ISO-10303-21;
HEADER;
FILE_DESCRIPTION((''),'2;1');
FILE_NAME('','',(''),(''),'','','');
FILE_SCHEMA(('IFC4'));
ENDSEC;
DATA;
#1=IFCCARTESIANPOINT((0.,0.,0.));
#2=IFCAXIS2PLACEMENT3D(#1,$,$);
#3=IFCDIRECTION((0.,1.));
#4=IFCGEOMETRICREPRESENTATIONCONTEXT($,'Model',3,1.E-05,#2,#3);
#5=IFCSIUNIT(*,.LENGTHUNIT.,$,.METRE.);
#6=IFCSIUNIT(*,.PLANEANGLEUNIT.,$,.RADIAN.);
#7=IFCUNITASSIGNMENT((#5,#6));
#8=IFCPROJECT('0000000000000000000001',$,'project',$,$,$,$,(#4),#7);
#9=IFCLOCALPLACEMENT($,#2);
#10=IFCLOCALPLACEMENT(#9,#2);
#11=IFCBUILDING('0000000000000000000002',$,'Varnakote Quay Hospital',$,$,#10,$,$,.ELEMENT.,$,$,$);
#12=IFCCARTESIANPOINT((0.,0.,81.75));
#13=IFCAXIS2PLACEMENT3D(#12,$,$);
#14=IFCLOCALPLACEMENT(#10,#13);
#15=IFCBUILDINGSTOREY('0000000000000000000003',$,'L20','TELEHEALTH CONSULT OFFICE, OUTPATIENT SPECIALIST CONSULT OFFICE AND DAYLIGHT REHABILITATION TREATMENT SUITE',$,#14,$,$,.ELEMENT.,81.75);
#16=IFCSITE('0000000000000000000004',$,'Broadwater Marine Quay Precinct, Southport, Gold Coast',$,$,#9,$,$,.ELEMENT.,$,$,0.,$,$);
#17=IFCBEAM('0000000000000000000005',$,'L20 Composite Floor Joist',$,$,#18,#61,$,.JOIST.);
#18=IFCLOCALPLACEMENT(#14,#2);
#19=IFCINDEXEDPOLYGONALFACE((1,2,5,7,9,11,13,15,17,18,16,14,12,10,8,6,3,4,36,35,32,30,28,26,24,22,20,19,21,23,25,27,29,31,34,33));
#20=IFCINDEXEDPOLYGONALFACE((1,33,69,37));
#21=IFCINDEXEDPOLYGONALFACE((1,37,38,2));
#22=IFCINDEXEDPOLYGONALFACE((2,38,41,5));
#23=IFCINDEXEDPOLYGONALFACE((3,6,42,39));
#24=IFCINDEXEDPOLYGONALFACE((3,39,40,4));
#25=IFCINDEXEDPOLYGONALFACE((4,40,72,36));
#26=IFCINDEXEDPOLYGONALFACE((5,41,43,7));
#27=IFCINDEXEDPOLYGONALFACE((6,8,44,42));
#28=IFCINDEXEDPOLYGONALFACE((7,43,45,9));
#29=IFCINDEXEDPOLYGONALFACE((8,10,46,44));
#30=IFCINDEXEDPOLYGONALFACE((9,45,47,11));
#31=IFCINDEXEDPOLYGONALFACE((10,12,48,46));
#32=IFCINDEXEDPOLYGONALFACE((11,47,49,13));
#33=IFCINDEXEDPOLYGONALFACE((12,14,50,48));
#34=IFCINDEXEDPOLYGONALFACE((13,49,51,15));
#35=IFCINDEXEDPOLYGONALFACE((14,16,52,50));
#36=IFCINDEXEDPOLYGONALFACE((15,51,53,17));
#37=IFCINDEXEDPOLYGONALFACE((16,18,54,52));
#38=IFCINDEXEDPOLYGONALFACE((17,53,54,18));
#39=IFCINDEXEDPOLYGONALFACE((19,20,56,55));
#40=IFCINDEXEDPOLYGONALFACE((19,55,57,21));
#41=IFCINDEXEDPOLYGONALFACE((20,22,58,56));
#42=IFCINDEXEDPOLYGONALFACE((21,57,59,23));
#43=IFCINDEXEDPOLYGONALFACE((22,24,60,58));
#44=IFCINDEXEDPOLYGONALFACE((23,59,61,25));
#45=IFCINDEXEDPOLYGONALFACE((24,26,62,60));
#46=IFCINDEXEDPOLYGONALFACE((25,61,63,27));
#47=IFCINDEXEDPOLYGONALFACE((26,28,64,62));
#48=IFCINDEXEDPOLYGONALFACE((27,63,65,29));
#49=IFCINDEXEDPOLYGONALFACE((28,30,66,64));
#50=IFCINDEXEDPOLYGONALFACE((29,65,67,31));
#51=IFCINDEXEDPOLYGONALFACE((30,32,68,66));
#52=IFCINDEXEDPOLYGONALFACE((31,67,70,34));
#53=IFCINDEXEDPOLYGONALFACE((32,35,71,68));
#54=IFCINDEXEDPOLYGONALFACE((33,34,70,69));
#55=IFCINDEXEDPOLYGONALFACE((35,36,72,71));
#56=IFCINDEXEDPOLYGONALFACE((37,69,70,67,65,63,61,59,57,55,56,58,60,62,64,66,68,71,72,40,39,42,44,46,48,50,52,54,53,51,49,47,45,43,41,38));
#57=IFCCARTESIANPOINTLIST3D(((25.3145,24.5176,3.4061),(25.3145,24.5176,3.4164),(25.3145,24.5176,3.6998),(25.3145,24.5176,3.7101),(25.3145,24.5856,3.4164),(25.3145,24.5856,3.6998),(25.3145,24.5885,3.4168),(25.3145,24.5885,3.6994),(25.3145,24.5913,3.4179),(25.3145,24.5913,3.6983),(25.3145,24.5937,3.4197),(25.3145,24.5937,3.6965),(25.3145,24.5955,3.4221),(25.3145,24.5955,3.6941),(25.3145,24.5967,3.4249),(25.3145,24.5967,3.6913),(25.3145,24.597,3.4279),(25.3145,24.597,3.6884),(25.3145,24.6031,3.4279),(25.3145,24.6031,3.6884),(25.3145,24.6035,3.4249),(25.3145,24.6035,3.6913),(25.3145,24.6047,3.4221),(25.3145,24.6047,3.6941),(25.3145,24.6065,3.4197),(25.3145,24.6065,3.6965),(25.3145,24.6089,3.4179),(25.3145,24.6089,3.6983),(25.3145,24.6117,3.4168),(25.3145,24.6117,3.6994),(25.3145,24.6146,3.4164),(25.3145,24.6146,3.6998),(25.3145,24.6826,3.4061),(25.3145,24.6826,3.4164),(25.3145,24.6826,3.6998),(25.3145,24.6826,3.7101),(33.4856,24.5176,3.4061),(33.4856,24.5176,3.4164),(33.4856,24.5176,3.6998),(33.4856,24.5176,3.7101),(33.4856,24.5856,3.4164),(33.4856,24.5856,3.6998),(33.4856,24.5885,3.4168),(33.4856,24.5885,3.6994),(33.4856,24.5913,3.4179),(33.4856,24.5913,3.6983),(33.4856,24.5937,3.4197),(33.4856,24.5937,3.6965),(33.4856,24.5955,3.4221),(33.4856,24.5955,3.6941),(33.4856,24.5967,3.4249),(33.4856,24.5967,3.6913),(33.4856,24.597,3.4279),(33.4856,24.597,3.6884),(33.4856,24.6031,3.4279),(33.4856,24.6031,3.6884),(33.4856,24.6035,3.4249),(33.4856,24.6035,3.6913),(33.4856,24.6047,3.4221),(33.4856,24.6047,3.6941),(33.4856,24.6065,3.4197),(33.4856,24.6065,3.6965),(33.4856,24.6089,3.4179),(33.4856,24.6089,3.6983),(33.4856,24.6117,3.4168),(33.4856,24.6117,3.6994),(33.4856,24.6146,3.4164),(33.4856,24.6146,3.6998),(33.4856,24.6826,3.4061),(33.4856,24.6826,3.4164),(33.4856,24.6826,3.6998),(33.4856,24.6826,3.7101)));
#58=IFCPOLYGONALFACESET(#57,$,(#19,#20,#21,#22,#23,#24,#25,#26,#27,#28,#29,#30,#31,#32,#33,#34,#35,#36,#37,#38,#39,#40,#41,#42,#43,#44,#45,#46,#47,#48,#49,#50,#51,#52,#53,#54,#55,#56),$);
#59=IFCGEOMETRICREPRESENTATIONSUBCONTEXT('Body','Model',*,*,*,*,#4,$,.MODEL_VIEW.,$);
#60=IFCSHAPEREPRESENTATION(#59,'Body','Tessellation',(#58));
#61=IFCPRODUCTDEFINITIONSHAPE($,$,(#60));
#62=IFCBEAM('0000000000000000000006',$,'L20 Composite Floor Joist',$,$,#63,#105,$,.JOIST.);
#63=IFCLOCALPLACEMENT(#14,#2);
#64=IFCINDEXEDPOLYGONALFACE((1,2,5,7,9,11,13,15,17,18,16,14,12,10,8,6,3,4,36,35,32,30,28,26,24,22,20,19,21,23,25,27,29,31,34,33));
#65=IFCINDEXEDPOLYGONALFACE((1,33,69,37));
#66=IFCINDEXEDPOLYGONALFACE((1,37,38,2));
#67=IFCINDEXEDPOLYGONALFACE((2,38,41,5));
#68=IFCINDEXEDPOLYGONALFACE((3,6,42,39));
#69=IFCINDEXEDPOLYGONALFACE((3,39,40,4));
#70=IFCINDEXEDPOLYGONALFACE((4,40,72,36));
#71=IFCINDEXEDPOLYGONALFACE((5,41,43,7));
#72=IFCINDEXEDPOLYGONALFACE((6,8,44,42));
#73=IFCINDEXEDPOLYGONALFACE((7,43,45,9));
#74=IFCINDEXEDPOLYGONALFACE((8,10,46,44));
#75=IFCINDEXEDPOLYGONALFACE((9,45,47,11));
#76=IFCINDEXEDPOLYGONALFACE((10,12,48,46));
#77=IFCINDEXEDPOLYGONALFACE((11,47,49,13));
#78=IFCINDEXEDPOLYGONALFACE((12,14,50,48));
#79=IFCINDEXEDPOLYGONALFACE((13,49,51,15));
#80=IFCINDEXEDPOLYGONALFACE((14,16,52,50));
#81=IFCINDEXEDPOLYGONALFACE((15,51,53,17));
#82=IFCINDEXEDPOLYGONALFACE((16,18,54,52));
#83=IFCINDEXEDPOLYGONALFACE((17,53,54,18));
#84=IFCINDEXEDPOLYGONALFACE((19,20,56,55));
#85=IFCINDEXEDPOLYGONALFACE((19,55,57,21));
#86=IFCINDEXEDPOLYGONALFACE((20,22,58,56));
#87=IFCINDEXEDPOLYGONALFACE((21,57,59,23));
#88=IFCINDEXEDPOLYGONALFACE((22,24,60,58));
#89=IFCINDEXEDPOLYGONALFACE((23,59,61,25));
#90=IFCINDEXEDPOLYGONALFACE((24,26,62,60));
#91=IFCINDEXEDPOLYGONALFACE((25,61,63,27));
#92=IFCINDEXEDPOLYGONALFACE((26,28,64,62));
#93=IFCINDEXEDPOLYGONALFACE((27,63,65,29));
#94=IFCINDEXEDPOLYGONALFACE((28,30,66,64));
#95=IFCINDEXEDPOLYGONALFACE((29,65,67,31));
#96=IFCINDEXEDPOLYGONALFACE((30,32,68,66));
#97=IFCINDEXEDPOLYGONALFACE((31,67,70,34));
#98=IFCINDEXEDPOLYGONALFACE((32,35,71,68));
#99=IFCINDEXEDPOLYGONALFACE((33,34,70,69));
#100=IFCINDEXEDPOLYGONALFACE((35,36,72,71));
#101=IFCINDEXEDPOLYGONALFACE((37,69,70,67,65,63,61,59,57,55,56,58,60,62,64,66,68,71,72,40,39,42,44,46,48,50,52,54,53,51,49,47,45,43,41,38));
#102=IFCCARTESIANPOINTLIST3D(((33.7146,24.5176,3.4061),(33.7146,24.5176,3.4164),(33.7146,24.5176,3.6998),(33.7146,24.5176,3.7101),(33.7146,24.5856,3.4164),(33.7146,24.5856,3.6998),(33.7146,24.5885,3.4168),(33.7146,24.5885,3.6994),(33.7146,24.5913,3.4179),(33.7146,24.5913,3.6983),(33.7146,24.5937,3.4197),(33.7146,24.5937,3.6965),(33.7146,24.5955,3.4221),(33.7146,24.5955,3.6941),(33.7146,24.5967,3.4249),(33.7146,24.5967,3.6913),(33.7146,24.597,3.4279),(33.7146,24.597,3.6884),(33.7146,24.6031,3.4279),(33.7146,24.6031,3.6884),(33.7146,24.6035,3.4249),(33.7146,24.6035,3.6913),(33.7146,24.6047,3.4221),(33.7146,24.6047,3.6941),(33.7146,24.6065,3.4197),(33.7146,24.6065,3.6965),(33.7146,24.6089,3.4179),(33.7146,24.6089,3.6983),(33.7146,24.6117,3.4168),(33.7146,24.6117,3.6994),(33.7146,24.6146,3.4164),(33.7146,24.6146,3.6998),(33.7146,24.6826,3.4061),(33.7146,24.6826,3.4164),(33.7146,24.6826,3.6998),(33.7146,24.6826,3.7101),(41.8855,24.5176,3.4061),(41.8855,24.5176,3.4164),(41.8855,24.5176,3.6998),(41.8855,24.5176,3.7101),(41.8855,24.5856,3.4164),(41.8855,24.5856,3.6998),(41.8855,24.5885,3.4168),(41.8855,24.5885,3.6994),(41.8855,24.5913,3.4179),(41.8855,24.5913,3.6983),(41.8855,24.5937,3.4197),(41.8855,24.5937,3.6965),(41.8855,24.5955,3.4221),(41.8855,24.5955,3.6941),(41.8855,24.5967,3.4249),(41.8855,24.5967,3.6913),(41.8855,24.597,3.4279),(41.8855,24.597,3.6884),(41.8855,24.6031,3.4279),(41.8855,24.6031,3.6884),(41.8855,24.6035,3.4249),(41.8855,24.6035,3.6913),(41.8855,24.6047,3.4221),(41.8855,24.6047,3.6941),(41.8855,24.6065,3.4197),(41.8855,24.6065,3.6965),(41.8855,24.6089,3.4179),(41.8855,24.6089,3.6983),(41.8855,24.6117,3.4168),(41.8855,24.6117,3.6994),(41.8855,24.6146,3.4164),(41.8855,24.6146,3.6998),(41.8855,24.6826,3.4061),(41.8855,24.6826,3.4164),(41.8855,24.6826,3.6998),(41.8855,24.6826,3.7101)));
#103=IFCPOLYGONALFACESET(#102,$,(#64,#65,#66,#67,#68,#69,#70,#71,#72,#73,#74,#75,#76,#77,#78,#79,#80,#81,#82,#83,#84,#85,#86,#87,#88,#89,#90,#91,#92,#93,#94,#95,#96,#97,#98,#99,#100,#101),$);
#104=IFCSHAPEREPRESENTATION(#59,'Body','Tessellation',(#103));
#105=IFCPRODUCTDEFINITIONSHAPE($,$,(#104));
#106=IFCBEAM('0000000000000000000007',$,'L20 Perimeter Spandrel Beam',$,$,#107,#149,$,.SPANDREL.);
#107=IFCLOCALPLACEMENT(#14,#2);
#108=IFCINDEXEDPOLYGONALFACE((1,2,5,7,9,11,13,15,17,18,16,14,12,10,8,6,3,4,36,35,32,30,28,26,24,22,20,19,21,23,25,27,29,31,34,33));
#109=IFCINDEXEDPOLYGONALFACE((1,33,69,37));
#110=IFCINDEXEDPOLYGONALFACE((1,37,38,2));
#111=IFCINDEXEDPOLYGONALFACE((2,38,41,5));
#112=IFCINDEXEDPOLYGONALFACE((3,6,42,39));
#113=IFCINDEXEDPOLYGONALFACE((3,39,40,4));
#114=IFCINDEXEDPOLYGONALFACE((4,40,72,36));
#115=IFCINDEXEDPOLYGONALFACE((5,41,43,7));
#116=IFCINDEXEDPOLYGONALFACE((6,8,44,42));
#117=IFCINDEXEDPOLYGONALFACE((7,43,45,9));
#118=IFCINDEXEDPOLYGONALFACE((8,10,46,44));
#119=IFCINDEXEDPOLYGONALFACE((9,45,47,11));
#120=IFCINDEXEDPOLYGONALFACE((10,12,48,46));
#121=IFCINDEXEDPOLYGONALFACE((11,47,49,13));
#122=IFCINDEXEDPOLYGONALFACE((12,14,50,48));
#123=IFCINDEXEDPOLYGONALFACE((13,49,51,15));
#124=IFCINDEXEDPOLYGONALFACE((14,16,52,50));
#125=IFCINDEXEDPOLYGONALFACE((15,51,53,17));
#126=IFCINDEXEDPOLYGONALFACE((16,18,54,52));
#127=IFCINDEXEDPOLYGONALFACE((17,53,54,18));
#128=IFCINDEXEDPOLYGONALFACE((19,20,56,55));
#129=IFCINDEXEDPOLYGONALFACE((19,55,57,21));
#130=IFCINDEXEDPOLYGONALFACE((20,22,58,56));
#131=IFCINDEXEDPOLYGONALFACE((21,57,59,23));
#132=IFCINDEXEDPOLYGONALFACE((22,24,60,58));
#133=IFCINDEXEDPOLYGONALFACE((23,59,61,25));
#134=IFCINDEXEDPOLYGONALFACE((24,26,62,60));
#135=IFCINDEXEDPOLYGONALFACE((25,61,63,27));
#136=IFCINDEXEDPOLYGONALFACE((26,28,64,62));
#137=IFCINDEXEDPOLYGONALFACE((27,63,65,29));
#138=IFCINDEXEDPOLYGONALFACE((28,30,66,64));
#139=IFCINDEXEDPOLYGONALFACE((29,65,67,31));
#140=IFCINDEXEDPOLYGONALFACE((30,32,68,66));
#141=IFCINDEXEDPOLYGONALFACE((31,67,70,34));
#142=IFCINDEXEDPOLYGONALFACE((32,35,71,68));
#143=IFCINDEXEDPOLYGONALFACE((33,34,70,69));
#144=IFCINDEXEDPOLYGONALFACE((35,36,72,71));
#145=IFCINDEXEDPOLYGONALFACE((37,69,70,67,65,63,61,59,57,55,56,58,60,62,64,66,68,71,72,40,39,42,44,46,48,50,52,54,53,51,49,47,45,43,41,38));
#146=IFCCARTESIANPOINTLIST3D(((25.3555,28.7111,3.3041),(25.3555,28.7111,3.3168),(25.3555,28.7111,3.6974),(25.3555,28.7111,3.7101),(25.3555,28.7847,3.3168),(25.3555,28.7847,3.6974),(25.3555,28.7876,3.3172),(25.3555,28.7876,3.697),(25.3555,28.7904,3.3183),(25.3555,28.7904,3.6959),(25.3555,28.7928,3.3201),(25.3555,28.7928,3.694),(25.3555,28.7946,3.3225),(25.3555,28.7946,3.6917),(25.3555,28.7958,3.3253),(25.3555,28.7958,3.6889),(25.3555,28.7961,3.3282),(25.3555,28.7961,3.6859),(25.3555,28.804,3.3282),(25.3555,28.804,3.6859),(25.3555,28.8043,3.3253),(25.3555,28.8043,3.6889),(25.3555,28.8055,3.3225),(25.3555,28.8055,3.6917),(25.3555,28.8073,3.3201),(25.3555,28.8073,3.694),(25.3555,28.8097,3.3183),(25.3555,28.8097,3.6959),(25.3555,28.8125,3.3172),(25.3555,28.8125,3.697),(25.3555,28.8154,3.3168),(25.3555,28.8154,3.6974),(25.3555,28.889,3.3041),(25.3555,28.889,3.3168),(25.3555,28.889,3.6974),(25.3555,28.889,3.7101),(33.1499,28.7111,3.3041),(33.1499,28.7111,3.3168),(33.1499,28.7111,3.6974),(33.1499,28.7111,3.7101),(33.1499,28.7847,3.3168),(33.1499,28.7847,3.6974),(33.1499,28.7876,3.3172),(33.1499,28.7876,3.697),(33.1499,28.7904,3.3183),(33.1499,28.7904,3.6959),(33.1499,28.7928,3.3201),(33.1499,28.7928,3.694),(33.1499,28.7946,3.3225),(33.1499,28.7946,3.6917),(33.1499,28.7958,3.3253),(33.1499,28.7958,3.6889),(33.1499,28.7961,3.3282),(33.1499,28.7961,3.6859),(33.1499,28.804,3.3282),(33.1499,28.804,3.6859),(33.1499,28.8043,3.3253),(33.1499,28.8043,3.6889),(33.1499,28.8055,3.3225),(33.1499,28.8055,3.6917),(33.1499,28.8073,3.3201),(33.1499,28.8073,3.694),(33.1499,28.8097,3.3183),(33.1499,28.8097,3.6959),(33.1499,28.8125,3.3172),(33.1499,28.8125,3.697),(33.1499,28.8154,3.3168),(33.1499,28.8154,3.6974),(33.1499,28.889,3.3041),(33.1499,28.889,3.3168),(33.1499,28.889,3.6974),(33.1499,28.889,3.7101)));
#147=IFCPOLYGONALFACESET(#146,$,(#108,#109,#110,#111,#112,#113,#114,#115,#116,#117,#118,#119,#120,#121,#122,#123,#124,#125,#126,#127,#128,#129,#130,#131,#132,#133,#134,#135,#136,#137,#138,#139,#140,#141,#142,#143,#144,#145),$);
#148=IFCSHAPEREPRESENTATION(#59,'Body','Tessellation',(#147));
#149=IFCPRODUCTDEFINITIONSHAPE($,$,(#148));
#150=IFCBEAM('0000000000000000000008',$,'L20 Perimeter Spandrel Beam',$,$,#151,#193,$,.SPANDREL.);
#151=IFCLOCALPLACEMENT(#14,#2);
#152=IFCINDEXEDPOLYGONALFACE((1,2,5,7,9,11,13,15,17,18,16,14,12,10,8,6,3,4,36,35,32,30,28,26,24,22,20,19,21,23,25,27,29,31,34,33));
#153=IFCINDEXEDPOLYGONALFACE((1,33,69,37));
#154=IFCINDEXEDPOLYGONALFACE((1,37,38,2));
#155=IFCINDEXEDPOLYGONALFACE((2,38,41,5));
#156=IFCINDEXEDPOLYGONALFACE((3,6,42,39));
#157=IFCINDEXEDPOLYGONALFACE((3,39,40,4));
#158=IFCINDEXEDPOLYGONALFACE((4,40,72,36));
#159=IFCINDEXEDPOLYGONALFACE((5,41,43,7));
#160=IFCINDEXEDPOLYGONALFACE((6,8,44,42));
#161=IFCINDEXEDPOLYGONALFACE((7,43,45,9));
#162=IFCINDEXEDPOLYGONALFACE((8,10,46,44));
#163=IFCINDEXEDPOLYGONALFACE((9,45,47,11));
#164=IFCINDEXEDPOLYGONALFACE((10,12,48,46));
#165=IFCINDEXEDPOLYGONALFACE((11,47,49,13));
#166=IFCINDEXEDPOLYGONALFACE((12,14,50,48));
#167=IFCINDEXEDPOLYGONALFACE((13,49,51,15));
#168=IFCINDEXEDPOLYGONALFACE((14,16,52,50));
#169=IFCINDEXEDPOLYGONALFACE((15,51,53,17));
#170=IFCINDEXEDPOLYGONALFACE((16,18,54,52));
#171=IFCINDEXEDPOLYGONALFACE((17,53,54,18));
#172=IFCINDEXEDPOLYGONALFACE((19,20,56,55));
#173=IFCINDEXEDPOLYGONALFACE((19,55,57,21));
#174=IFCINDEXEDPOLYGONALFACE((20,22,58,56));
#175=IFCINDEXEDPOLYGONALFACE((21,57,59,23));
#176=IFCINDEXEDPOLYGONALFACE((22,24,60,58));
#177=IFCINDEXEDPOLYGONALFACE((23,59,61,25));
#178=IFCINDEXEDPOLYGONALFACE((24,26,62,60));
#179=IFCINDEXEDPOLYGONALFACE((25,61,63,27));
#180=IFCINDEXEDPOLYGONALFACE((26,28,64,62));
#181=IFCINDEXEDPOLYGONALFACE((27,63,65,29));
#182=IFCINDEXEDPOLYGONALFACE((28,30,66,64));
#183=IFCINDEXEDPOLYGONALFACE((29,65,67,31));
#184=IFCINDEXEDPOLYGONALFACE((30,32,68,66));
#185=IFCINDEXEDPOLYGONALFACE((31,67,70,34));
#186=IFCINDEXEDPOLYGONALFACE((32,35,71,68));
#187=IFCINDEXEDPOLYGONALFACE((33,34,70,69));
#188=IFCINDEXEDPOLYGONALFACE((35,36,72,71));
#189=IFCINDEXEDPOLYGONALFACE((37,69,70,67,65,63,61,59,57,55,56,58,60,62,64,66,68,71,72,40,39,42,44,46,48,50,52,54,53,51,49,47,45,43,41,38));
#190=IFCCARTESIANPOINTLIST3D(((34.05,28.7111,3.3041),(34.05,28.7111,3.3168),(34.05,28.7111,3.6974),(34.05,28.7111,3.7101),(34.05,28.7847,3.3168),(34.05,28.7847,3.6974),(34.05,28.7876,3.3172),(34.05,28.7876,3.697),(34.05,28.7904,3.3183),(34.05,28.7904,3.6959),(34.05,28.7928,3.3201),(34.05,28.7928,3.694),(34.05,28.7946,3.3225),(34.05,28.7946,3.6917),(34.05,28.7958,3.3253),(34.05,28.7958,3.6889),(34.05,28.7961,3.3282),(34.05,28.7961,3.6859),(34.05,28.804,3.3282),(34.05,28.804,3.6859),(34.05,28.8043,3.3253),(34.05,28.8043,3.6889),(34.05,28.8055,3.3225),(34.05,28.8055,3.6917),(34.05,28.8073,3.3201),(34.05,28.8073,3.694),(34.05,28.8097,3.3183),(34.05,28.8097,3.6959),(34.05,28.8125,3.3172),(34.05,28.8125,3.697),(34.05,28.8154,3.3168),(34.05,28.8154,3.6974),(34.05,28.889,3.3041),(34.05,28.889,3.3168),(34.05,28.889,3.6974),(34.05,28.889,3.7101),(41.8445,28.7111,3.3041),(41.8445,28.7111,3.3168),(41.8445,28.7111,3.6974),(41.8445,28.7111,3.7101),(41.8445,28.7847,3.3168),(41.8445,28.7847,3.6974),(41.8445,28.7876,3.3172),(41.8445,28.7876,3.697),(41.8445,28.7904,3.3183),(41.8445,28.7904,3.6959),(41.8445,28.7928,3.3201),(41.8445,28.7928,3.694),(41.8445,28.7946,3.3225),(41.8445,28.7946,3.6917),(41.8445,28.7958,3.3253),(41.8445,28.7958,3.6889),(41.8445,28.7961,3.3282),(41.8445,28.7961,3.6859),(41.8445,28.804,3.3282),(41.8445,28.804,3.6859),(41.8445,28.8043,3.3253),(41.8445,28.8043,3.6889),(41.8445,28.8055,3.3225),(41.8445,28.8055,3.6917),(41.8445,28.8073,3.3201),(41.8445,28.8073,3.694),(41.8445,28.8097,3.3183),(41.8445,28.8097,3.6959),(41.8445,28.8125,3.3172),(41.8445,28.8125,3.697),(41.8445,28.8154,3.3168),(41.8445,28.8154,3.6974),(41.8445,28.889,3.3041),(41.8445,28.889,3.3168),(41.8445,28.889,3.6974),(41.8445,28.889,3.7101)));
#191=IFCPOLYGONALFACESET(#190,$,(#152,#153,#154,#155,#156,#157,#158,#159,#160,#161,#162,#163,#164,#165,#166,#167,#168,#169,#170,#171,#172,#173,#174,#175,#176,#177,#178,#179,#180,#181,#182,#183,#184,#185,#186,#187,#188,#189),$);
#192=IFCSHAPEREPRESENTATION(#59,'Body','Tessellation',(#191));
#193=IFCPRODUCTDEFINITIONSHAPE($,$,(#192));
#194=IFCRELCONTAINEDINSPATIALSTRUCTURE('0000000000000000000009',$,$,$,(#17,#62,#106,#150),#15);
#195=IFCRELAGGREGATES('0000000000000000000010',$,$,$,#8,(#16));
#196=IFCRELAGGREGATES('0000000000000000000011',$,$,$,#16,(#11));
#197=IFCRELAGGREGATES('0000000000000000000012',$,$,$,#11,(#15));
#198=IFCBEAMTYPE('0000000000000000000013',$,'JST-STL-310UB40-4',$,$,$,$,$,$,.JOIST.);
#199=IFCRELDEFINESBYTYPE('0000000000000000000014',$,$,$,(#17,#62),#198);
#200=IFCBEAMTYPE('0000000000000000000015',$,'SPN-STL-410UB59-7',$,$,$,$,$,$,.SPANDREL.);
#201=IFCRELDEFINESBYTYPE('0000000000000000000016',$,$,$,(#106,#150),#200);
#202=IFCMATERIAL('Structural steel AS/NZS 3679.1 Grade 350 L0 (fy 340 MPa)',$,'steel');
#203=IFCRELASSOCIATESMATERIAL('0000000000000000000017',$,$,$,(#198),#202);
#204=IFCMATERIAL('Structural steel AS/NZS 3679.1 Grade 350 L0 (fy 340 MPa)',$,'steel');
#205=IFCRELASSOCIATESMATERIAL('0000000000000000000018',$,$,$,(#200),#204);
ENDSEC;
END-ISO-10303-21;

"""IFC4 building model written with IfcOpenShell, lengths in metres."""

from ifc_helpers import new_model, si_unit, direction, frame, origin, origin_2d, place, context, subcontext, project, spatial, i_section, extrude, material, material_profile, profile_set, type_object, element, save


model = new_model("IFC4")

# Units and contexts
model_context = context("Model", 3, precision=1e-05, world=origin(), true_north=direction((0.0, 1.0)))
body_context = subcontext(model_context, "Body", "Model", "MODEL_VIEW")
ifc_project = project(units=[si_unit("LENGTHUNIT", "METRE"), si_unit("PLANEANGLEUNIT", "RADIAN")], contexts=[model_context])

# Site, building, storey
site_placement = place(None, origin())
site = spatial("IfcSite", under=ifc_project, at=site_placement, Name="Broadwater Marine Quay Precinct, Southport, Gold Coast", CompositionType="ELEMENT", RefElevation=0.0)
building_placement = place(site_placement, origin())
building = spatial("IfcBuilding", under=site, at=building_placement, Name="Varnakote Quay Hospital", CompositionType="ELEMENT")
storey_placement = place(building_placement, frame((0.0, 0.0, 81.75)))
storey = spatial("IfcBuildingStorey", under=building, at=storey_placement, Name="L20", Description="TELEHEALTH CONSULT OFFICE, OUTPATIENT SPECIALIST CONSULT OFFICE AND DAYLIGHT REHABILITATION TREATMENT SUITE", CompositionType="ELEMENT", Elevation=81.75)

# Beams
ifc_material_1 = material(Name="Structural steel AS/NZS 3679.1 Grade 350 L0 (fy 340 MPa)", Category="steel")
ifc_material_profile_1 = material_profile(ifc_material_1, i_section(OverallWidth=0.165, OverallDepth=0.304, WebThickness=0.0061, FlangeThickness=0.0103, FilletRadius=0.0115, at=origin_2d()), Name="310UB40.4")
ifc_profile_set_1 = profile_set([ifc_material_profile_1], Name="Structural steel AS/NZS 3679.1 Grade 350 L0 (fy 340 MPa)")
beam_type_1 = type_object("IfcBeamType", Name="JST-STL-310UB40-4", PredefinedType="JOIST", material=ifc_profile_set_1)
beam_1_placement = place(storey_placement, frame((25.3145, 24.6001, 3.5581), z_axis=(1.0, 0.0, 0.0), x_axis=(0.0, 1.0, 0.0)))
element("IfcBeam", 1, at=beam_1_placement, inside=storey, type_object=beam_type_1, Name="L20 Composite Floor Joist", PredefinedType="JOIST", context=body_context, shape_type="SweptSolid", body=[
    extrude(i_section(OverallWidth=0.165, OverallDepth=0.304, WebThickness=0.0061, FlangeThickness=0.0103, FilletRadius=0.0115, at=origin_2d()), origin(), (0.0, 0.0, 1.0), 8.1711),
])
beam_2_placement = place(storey_placement, frame((33.7146, 24.6001, 3.5581), z_axis=(1.0, 0.0, 0.0), x_axis=(0.0, 1.0, 0.0)))
element("IfcBeam", 2, at=beam_2_placement, inside=storey, type_object=beam_type_1, Name="L20 Composite Floor Joist", PredefinedType="JOIST", context=body_context, shape_type="SweptSolid", body=[
    extrude(i_section(OverallWidth=0.165, OverallDepth=0.304, WebThickness=0.0061, FlangeThickness=0.0103, FilletRadius=0.0115, at=origin_2d()), origin(), (0.0, 0.0, 1.0), 8.1709),
])
ifc_material_2 = material(Name="Structural steel AS/NZS 3679.1 Grade 350 L0 (fy 340 MPa)", Category="steel")
ifc_material_profile_2 = material_profile(ifc_material_2, i_section(OverallWidth=0.178, OverallDepth=0.406, WebThickness=0.0078, FlangeThickness=0.0127, FilletRadius=0.0115, at=origin_2d()), Name="410UB59.7")
ifc_profile_set_2 = profile_set([ifc_material_profile_2], Name="Structural steel AS/NZS 3679.1 Grade 350 L0 (fy 340 MPa)")
beam_type_2 = type_object("IfcBeamType", Name="SPN-STL-410UB59-7", PredefinedType="SPANDREL", material=ifc_profile_set_2)
for number, where, z_axis, x_axis, name in (
    (3, (25.3555, 28.8, 3.5071), (1.0, 0.0, 0.0), (0.0, 1.0, 0.0), "L20 Perimeter Spandrel Beam"),
    (4, (34.05, 28.8, 3.5071), (1.0, 0.0, 0.0), (0.0, 1.0, 0.0), "L20 Perimeter Spandrel Beam"),
):
    element("IfcBeam", number, at=place(storey_placement, frame(where, z_axis=z_axis, x_axis=x_axis)), inside=storey, type_object=beam_type_2, Name=name, PredefinedType="SPANDREL", context=body_context, shape_type="SweptSolid", body=[
        extrude(i_section(OverallWidth=0.178, OverallDepth=0.406, WebThickness=0.0078, FlangeThickness=0.0127, FilletRadius=0.0115, at=origin_2d()), origin(), (0.0, 0.0, 1.0), 7.7944),
    ])

save(model, "model.ifc")
